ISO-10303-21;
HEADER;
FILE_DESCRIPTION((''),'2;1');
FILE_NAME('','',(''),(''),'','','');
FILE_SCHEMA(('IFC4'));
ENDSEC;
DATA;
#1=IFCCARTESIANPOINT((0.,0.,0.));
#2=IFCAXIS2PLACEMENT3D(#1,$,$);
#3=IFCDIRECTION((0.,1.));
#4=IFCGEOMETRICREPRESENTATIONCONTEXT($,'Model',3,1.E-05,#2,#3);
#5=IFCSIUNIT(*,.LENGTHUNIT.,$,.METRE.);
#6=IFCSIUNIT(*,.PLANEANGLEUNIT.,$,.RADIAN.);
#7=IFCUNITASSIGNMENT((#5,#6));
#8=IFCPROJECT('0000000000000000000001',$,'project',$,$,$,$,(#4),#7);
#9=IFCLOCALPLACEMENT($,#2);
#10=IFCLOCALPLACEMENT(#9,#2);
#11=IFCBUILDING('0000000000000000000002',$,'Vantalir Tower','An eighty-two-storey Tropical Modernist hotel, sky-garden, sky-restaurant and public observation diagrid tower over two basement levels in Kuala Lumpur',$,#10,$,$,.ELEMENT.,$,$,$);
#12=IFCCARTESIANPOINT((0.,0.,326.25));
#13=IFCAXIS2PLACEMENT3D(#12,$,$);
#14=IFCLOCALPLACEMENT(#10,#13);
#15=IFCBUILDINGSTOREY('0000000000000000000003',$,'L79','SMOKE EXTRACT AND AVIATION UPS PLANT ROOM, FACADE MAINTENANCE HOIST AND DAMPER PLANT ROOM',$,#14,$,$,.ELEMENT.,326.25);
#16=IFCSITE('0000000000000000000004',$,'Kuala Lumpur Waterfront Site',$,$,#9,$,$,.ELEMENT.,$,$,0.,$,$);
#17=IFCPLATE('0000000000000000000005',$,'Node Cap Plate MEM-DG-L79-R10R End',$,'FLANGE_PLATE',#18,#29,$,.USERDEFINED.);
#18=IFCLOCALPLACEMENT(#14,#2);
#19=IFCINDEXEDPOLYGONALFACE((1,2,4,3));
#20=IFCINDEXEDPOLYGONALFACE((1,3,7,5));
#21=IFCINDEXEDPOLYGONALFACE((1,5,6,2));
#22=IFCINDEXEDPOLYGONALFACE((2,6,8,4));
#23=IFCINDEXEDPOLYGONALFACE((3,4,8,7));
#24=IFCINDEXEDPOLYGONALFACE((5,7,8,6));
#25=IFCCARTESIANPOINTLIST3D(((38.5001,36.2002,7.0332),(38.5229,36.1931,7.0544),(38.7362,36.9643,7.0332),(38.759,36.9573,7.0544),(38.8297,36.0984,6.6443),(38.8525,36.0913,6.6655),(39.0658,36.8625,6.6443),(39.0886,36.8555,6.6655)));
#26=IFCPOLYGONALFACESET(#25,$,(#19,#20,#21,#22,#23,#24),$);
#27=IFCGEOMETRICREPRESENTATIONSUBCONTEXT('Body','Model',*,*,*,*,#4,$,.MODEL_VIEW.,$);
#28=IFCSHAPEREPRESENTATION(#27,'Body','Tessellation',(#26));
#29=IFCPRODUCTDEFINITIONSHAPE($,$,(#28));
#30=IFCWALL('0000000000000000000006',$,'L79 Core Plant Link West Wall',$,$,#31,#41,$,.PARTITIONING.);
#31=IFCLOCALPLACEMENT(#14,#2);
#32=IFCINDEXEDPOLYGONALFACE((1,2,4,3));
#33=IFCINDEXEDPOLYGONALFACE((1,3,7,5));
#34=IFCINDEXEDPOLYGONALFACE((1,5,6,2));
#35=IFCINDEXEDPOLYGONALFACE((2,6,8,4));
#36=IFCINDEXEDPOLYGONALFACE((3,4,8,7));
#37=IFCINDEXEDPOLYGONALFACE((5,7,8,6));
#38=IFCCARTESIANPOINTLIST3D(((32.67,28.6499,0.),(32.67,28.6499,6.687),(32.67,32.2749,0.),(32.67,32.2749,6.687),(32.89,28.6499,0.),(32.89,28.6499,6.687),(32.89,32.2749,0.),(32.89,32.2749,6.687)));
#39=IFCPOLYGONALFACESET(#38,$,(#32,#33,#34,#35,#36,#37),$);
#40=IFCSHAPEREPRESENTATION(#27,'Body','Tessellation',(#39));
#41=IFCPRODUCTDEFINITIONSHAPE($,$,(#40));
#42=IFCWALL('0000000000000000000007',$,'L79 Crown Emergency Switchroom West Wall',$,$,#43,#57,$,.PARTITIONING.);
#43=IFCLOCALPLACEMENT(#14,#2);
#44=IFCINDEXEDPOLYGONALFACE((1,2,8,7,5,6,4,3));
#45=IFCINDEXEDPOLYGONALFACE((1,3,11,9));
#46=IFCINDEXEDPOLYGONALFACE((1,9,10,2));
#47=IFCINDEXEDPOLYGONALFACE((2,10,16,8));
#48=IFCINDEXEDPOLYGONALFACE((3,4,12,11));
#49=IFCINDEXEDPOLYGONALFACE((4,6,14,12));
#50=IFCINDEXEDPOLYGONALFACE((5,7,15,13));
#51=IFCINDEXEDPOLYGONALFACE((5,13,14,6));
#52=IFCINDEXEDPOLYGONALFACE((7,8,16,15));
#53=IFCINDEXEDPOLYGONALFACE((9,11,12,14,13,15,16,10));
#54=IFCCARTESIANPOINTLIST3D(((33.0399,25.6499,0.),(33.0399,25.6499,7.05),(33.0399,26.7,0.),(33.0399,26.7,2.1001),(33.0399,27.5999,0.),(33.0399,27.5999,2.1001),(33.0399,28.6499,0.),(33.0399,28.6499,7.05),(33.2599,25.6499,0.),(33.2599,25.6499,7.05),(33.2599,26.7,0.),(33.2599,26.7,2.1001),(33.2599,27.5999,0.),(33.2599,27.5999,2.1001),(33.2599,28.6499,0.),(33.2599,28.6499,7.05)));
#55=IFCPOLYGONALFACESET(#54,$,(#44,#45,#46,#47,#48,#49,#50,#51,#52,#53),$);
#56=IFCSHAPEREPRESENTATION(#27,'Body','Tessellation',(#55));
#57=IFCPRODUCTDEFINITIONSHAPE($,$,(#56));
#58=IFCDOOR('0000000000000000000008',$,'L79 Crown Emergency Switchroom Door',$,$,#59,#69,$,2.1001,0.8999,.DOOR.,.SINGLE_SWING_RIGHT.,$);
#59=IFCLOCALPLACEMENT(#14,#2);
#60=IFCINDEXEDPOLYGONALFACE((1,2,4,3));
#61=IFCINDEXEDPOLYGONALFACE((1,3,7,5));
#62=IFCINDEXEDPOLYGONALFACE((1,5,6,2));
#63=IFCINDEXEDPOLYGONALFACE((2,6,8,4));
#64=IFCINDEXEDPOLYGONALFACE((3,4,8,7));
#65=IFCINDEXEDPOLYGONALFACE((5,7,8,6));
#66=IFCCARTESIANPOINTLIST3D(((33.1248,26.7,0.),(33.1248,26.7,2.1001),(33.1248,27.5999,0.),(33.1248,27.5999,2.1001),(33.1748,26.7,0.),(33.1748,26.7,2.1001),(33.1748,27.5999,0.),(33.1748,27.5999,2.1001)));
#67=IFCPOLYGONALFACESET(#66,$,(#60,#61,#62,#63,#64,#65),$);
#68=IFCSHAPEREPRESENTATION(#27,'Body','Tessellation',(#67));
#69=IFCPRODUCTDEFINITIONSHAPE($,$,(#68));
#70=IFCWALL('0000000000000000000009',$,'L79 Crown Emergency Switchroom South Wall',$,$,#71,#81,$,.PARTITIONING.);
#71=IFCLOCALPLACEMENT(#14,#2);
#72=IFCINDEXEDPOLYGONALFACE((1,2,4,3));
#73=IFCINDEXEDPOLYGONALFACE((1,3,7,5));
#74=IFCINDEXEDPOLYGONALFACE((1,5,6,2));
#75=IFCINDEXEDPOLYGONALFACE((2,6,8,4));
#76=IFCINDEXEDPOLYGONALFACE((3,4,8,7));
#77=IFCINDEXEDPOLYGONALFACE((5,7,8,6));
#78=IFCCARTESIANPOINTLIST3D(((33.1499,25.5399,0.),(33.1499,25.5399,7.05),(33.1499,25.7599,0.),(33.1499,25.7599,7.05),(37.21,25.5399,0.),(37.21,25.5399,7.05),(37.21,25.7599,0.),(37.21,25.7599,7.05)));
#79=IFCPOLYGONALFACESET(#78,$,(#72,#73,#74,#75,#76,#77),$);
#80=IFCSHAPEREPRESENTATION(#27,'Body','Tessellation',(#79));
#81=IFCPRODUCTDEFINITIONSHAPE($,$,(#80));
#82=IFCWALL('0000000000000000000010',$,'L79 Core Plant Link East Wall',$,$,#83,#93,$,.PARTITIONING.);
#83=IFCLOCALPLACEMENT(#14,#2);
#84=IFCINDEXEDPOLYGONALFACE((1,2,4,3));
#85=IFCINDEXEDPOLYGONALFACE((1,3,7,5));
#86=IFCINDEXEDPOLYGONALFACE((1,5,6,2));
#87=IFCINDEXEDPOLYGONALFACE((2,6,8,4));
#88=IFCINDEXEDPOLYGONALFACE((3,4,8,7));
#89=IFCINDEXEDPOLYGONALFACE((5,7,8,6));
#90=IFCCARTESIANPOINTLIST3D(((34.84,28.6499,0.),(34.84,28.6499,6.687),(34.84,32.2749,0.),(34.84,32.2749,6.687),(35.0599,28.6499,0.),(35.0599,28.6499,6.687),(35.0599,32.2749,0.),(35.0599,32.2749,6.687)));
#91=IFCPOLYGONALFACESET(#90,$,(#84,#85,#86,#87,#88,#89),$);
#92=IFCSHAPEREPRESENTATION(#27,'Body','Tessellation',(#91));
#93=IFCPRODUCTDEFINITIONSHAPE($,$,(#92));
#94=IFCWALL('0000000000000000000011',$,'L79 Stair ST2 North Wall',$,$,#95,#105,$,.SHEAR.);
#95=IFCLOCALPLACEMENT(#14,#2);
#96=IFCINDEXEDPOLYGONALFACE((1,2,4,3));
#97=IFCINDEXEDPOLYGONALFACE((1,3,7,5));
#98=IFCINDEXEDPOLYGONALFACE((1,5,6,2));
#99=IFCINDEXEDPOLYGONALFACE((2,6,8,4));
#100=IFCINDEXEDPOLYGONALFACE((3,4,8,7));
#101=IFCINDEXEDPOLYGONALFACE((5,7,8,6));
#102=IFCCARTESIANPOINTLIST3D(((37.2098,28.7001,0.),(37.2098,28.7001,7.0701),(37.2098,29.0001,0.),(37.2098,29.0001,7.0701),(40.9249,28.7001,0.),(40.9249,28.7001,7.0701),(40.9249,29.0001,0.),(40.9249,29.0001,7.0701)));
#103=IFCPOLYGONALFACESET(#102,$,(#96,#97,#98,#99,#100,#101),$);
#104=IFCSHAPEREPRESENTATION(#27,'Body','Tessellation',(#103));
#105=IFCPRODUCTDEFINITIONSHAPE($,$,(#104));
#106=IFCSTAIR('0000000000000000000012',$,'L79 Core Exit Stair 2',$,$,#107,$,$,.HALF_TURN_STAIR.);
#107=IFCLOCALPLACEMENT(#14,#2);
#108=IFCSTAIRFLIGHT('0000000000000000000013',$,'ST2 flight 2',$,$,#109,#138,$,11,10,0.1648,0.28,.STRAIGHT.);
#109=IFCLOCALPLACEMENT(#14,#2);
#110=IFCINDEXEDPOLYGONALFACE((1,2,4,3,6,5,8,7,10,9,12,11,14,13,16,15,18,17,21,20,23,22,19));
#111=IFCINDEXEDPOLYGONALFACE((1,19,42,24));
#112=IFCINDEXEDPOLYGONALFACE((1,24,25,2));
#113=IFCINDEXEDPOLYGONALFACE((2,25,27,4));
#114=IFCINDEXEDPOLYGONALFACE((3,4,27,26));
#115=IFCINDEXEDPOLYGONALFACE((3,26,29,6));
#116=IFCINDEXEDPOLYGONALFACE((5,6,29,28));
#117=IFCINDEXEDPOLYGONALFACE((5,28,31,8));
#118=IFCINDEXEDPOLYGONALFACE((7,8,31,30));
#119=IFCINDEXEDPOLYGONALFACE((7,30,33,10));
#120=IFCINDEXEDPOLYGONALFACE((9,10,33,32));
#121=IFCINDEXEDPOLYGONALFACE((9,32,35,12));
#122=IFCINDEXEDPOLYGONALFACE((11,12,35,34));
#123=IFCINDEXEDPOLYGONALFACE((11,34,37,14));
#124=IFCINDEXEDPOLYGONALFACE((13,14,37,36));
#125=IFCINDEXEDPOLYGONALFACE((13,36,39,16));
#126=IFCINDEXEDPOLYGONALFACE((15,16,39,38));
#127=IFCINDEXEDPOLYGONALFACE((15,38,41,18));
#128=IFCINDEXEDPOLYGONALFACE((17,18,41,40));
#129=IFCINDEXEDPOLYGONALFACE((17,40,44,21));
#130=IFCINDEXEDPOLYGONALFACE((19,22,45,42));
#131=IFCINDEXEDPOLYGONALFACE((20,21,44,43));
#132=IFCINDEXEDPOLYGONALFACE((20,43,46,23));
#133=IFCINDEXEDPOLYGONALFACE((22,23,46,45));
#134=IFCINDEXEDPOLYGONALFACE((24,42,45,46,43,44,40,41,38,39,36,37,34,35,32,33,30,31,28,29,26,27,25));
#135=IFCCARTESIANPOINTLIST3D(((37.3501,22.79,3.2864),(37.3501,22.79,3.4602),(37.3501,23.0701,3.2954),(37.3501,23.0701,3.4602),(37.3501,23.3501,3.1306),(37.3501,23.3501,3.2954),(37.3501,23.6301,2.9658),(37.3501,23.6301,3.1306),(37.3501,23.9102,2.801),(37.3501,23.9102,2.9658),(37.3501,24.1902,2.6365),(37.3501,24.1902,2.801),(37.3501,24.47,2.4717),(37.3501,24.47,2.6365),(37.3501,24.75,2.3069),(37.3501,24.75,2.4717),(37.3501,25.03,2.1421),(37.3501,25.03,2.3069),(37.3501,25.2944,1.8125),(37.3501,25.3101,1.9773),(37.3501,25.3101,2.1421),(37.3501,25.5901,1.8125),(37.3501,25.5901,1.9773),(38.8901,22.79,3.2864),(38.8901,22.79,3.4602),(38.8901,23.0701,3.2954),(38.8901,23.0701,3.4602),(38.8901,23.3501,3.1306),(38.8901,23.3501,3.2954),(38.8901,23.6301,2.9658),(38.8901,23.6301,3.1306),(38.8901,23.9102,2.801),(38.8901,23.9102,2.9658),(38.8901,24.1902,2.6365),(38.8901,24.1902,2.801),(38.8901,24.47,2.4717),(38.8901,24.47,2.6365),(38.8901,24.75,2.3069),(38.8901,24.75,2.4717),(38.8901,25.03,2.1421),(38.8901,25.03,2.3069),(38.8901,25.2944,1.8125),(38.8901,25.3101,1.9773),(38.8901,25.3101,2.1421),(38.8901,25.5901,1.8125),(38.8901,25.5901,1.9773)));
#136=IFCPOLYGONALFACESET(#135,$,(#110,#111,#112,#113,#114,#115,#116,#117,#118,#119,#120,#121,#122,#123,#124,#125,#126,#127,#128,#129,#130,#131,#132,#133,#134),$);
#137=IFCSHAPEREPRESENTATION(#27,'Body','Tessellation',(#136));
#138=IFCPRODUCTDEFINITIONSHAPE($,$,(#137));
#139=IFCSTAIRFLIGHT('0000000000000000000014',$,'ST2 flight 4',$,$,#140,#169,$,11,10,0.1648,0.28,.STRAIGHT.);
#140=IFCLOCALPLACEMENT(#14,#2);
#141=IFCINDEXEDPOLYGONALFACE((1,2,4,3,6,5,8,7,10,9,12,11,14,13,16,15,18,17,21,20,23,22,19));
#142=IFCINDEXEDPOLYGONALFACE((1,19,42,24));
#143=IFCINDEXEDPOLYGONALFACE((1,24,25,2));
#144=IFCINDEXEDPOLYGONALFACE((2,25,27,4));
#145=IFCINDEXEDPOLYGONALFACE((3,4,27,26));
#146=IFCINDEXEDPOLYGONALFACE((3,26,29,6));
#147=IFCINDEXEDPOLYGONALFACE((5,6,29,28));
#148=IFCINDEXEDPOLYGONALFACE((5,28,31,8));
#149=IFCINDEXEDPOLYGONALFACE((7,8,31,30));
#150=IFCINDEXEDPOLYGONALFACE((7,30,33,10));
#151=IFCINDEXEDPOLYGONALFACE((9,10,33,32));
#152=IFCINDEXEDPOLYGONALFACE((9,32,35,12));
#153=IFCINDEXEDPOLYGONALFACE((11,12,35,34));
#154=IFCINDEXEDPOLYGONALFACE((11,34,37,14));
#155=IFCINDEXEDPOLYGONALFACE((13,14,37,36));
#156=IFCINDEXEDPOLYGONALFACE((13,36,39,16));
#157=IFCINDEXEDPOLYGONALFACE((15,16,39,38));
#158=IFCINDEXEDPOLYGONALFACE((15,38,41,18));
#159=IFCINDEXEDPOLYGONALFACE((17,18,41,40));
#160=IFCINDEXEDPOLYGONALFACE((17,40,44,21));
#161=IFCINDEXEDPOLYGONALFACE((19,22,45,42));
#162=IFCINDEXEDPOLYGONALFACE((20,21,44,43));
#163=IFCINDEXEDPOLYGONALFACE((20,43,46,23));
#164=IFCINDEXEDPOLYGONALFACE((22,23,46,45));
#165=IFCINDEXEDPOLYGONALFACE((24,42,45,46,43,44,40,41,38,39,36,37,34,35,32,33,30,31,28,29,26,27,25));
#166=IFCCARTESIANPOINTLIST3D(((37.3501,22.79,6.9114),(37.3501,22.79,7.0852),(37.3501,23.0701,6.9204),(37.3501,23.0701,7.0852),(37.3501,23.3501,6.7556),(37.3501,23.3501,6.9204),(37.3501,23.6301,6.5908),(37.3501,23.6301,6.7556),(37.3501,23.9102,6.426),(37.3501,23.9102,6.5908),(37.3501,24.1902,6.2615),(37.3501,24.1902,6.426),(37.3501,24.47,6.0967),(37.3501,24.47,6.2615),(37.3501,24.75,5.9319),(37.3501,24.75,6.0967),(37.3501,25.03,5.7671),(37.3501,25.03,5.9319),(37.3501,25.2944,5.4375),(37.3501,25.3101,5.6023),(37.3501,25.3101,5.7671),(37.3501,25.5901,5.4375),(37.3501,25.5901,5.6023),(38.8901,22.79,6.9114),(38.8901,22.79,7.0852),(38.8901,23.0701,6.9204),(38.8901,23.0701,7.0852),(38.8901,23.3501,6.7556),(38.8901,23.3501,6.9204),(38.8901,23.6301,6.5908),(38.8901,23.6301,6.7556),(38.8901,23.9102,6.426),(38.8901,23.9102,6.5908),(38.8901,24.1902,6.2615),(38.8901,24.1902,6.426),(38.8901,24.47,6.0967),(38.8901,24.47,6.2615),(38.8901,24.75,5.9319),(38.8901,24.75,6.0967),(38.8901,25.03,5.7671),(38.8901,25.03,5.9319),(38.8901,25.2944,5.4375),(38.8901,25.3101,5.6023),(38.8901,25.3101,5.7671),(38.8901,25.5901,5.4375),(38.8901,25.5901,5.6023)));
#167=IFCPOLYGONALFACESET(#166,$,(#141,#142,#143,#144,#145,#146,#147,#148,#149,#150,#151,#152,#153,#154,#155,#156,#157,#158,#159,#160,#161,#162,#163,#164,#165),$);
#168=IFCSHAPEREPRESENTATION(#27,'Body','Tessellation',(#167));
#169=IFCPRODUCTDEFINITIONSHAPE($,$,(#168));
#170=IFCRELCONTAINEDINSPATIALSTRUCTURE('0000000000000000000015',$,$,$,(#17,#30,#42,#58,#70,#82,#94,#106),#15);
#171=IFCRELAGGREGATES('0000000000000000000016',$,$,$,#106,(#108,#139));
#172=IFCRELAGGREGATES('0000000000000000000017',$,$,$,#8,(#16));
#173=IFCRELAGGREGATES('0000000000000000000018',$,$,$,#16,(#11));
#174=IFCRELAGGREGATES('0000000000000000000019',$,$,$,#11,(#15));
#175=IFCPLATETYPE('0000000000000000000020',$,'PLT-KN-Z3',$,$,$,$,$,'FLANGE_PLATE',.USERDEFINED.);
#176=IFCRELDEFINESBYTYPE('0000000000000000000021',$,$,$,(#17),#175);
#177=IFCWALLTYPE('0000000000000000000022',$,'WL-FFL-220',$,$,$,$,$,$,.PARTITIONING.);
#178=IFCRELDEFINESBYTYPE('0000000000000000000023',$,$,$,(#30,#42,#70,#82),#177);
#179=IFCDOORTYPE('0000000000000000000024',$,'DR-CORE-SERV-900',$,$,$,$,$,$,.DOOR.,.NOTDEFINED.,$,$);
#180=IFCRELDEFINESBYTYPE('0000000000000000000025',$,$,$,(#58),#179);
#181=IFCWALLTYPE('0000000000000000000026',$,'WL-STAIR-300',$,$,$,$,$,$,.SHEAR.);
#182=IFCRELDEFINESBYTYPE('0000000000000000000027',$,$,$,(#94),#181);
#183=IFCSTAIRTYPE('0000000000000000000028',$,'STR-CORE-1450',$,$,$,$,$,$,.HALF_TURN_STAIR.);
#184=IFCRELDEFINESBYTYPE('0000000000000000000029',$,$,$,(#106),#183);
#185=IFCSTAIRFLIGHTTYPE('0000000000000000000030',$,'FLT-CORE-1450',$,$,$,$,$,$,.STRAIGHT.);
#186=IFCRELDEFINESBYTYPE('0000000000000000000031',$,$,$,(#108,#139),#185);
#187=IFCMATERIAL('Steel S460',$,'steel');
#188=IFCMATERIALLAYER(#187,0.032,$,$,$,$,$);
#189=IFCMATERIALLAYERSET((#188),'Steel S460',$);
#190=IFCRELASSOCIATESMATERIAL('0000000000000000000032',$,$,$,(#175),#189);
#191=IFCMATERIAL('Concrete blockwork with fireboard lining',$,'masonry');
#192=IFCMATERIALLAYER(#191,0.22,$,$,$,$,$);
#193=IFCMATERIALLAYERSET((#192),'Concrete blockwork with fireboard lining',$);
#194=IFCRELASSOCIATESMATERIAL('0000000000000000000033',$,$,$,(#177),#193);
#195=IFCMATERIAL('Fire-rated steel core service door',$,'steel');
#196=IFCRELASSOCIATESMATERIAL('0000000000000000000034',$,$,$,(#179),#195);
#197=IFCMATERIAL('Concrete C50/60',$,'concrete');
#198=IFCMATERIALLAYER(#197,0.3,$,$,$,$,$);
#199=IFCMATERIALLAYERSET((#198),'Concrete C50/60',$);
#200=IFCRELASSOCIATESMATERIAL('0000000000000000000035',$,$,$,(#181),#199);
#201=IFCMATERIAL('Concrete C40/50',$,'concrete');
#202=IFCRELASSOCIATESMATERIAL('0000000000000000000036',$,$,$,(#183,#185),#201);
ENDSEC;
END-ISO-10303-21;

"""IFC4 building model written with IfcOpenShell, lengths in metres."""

from ifc_helpers import new_model, si_unit, direction, frame, frame_2d, origin, place, context, subcontext, project, spatial, polyline, rectangle, outline, extrude, material, layer, layer_set, type_object, element, fill, aggregate, save


model = new_model("IFC4")

# Units and contexts
model_context = context("Model", 3, precision=1e-05, world=origin(), true_north=direction((0.0, 1.0)))
body_context = subcontext(model_context, "Body", "Model", "MODEL_VIEW")
ifc_project = project(units=[si_unit("LENGTHUNIT", "METRE"), si_unit("PLANEANGLEUNIT", "RADIAN")], contexts=[model_context])

# Site, building, storey
site_placement = place(None, origin())
site = spatial("IfcSite", under=ifc_project, at=site_placement, Name="Kuala Lumpur Waterfront Site", CompositionType="ELEMENT", RefElevation=0.0)
building_placement = place(site_placement, origin())
building = spatial("IfcBuilding", under=site, at=building_placement, Name="Vantalir Tower", Description="An eighty-two-storey Tropical Modernist hotel, sky-garden, sky-restaurant and public observation diagrid tower over two basement levels in Kuala Lumpur", CompositionType="ELEMENT")
storey_placement = place(building_placement, frame((0.0, 0.0, 326.25)))
storey = spatial("IfcBuildingStorey", under=building, at=storey_placement, Name="L79", Description="SMOKE EXTRACT AND AVIATION UPS PLANT ROOM, FACADE MAINTENANCE HOIST AND DAMPER PLANT ROOM", CompositionType="ELEMENT", Elevation=326.25)

# Shared definitions
ifc_material_1 = material(Name="Concrete C50/60", Category="concrete")
ifc_material_2 = material(Name="Steel S460", Category="steel")

# Plate
ifc_layer_1 = layer(ifc_material_2, 0.032)
ifc_layer_set_1 = layer_set([ifc_layer_1], Name="Steel S460")
plate_type_1 = type_object("IfcPlateType", Name="PLT-KN-Z3", ElementType="FLANGE_PLATE", PredefinedType="USERDEFINED", material=ifc_layer_set_1)
plate_1_placement = place(storey_placement, frame((38.8525, 36.0913, 6.6655), z_axis=(0.714788, -0.220831, 0.66356), x_axis=(0.29518, 0.955442, 0.0)))
element("IfcPlate", 1, at=plate_1_placement, inside=storey, type_object=plate_type_1, Name="Node Cap Plate MEM-DG-L79-R10R End", ObjectType="FLANGE_PLATE", PredefinedType="USERDEFINED", context=body_context, shape_type="SweptSolid", body=[
    extrude(outline(polyline([(0.0, 0.0), (0.7998, 0.0), (0.7998, 0.5199), (0.0, 0.5199), (0.0, 0.0)])), origin(), (0.0, 0.0, -1.0), 0.032),
])

# Wall
ifc_material_3 = material(Name="Concrete blockwork with fireboard lining", Category="masonry")
ifc_layer_2 = layer(ifc_material_3, 0.22)
ifc_layer_set_2 = layer_set([ifc_layer_2], Name="Concrete blockwork with fireboard lining")
wall_type_1 = type_object("IfcWallType", Name="WL-FFL-220", PredefinedType="PARTITIONING", material=ifc_layer_set_2)
wall_1_placement = place(storey_placement, frame((32.78, 28.6499, 0.0), z_axis=(0.0, 0.0, 1.0), x_axis=(0.0, 1.0, 0.0)))
element("IfcWall", 2, at=wall_1_placement, inside=storey, type_object=wall_type_1, Name="L79 Core Plant Link West Wall", PredefinedType="PARTITIONING", context=body_context, shape_type="SweptSolid", body=[
    extrude(rectangle(XDim=3.625, YDim=0.22, at=frame_2d((1.8125, 0.0))), origin(), (0.0, 0.0, 1.0), 6.687),
])

# Wall, opening, door
wall_2_placement = place(storey_placement, frame((33.1499, 25.6499, 0.0), z_axis=(0.0, 0.0, 1.0), x_axis=(0.0, 1.0, 0.0)))
wall_2 = element("IfcWall", 3, at=wall_2_placement, inside=storey, type_object=wall_type_1, Name="L79 Crown Emergency Switchroom West Wall", PredefinedType="PARTITIONING", context=body_context, shape_type="SweptSolid", body=[
    extrude(rectangle(XDim=3.0, YDim=0.22, at=frame_2d((1.5, 0.0))), origin(), (0.0, 0.0, 1.0), 7.05),
])
opening_placement = place(wall_2_placement, frame((1.05, 0.0, 0.0)))
opening = element("IfcOpeningElement", 4, at=opening_placement, cuts=wall_2, PredefinedType="OPENING", context=body_context, shape_type="SweptSolid", body=[
    extrude(rectangle(XDim=0.8999, YDim=2.1001, at=frame_2d((0.45, 1.05))), frame((0.0, 0.1199, 0.0), z_axis=(0.0, -1.0, 0.0), x_axis=(1.0, 0.0, 0.0)), (0.0, 0.0, 1.0), 0.24),
])
ifc_material_4 = material(Name="Fire-rated steel core service door", Category="steel")
door_type = type_object("IfcDoorType", Name="DR-CORE-SERV-900", OperationType="NOTDEFINED", PredefinedType="DOOR", material=ifc_material_4)
door_placement = place(opening_placement, frame((0.8999, 0.0, 0.0), z_axis=(0.0, 0.0, 1.0), x_axis=(-1.0, 0.0, 0.0)))
door = element("IfcDoor", 5, at=door_placement, inside=storey, type_object=door_type, Name="L79 Crown Emergency Switchroom Door", OperationType="SINGLE_SWING_RIGHT", OverallHeight=2.1001, OverallWidth=0.8999, PredefinedType="DOOR", context=body_context, shape_type="SweptSolid", body=[
    extrude(rectangle(XDim=0.8999, YDim=2.1001, at=frame_2d((0.45, 1.05))), frame((0.0, 0.0249, 0.0), z_axis=(0.0, -1.0, 0.0), x_axis=(1.0, 0.0, 0.0)), (0.0, 0.0, 1.0), 0.05),
])
fill(opening, door)

# Walls
wall_3_placement = place(storey_placement, frame((33.1499, 25.6499, 0.0), z_axis=(0.0, 0.0, 1.0), x_axis=(1.0, 0.0, 0.0)))
element("IfcWall", 6, at=wall_3_placement, inside=storey, type_object=wall_type_1, Name="L79 Crown Emergency Switchroom South Wall", PredefinedType="PARTITIONING", context=body_context, shape_type="SweptSolid", body=[
    extrude(rectangle(XDim=4.0601, YDim=0.22, at=frame_2d((2.03, 0.0))), origin(), (0.0, 0.0, 1.0), 7.05),
])
wall_4_placement = place(storey_placement, frame((34.95, 28.6499, 0.0), z_axis=(0.0, 0.0, 1.0), x_axis=(0.0, 1.0, 0.0)))
element("IfcWall", 7, at=wall_4_placement, inside=storey, type_object=wall_type_1, Name="L79 Core Plant Link East Wall", PredefinedType="PARTITIONING", context=body_context, shape_type="SweptSolid", body=[
    extrude(rectangle(XDim=3.625, YDim=0.22, at=frame_2d((1.8125, 0.0))), origin(), (0.0, 0.0, 1.0), 6.687),
])
ifc_layer_3 = layer(ifc_material_1, 0.3)
ifc_layer_set_3 = layer_set([ifc_layer_3], Name="Concrete C50/60")
wall_type_2 = type_object("IfcWallType", Name="WL-STAIR-300", PredefinedType="SHEAR", material=ifc_layer_set_3)
wall_5_placement = place(storey_placement, frame((37.21, 28.8501, 0.0), z_axis=(0.0, 0.0, 1.0), x_axis=(1.0, 0.0, 0.0)))
element("IfcWall", 8, at=wall_5_placement, inside=storey, type_object=wall_type_2, Name="L79 Stair ST2 North Wall", PredefinedType="SHEAR", context=body_context, shape_type="SweptSolid", body=[
    extrude(rectangle(XDim=3.7151, YDim=0.3, at=frame_2d((1.8574, 0.0))), origin(), (0.0, 0.0, 1.0), 7.0701),
])

# Stair, stair flights
ifc_material_5 = material(Name="Concrete C40/50", Category="concrete")
stair_type = type_object("IfcStairType", Name="STR-CORE-1450", PredefinedType="HALF_TURN_STAIR", material=ifc_material_5)
stair_placement = place(storey_placement, origin())
stair = element("IfcStair", 9, at=stair_placement, inside=storey, type_object=stair_type, Name="L79 Core Exit Stair 2", PredefinedType="HALF_TURN_STAIR")
stair_flight_type = type_object("IfcStairFlightType", Name="FLT-CORE-1450", PredefinedType="STRAIGHT", material=ifc_material_5)
stair_flight_1_placement = place(storey_placement, frame((38.1201, 25.5901, 1.8125), z_axis=(0.0, 0.0, 1.0), x_axis=(0.0, -1.0, 0.0)))
stair_flight_1 = element("IfcStairFlight", 10, at=stair_flight_1_placement, type_object=stair_flight_type, Name="ST2 flight 2", NumberOfRisers=11, NumberOfTreads=10, PredefinedType="STRAIGHT", RiserHeight=0.1648, TreadLength=0.28, context=body_context, shape_type="SweptSolid", body=[
    extrude(outline(polyline([(0.0, 0.0), (0.0, 0.1648), (0.28, 0.1648), (0.28, 0.3296), (0.5601, 0.3296), (0.5601, 0.4944), (0.8401, 0.4944), (0.8401, 0.6592), (1.1201, 0.6592), (1.1201, 0.824), (1.3999, 0.824), (1.3999, 0.9885), (1.6799, 0.9885), (1.6799, 1.1533), (1.96, 1.1533), (1.96, 1.3181), (2.24, 1.3181), (2.24, 1.4829), (2.52, 1.4829), (2.52, 1.6477), (2.8, 1.6477), (2.8, 1.8125), (2.8, 1.4739), (0.2957, 0.0), (0.0, 0.0)])), frame((0.0, 0.77, 0.0), z_axis=(0.0, -1.0, 0.0), x_axis=(1.0, 0.0, 0.0)), (0.0, 0.0, 1.0), 1.54),
])
stair_flight_2_placement = place(storey_placement, frame((38.1201, 25.5901, 5.4375), z_axis=(0.0, 0.0, 1.0), x_axis=(0.0, -1.0, 0.0)))
stair_flight_2 = element("IfcStairFlight", 11, at=stair_flight_2_placement, type_object=stair_flight_type, Name="ST2 flight 4", NumberOfRisers=11, NumberOfTreads=10, PredefinedType="STRAIGHT", RiserHeight=0.1648, TreadLength=0.28, context=body_context, shape_type="SweptSolid", body=[
    extrude(outline(polyline([(0.0, 0.0), (0.0, 0.1648), (0.28, 0.1648), (0.28, 0.3296), (0.5601, 0.3296), (0.5601, 0.4944), (0.8401, 0.4944), (0.8401, 0.6592), (1.1201, 0.6592), (1.1201, 0.824), (1.3999, 0.824), (1.3999, 0.9885), (1.6799, 0.9885), (1.6799, 1.1533), (1.96, 1.1533), (1.96, 1.3181), (2.24, 1.3181), (2.24, 1.4829), (2.52, 1.4829), (2.52, 1.6477), (2.8, 1.6477), (2.8, 1.8125), (2.8, 1.4739), (0.2957, 0.0), (0.0, 0.0)])), frame((0.0, 0.77, 0.0), z_axis=(0.0, -1.0, 0.0), x_axis=(1.0, 0.0, 0.0)), (0.0, 0.0, 1.0), 1.54),
])
aggregate(stair, [stair_flight_1, stair_flight_2])

save(model, "model.ifc")
